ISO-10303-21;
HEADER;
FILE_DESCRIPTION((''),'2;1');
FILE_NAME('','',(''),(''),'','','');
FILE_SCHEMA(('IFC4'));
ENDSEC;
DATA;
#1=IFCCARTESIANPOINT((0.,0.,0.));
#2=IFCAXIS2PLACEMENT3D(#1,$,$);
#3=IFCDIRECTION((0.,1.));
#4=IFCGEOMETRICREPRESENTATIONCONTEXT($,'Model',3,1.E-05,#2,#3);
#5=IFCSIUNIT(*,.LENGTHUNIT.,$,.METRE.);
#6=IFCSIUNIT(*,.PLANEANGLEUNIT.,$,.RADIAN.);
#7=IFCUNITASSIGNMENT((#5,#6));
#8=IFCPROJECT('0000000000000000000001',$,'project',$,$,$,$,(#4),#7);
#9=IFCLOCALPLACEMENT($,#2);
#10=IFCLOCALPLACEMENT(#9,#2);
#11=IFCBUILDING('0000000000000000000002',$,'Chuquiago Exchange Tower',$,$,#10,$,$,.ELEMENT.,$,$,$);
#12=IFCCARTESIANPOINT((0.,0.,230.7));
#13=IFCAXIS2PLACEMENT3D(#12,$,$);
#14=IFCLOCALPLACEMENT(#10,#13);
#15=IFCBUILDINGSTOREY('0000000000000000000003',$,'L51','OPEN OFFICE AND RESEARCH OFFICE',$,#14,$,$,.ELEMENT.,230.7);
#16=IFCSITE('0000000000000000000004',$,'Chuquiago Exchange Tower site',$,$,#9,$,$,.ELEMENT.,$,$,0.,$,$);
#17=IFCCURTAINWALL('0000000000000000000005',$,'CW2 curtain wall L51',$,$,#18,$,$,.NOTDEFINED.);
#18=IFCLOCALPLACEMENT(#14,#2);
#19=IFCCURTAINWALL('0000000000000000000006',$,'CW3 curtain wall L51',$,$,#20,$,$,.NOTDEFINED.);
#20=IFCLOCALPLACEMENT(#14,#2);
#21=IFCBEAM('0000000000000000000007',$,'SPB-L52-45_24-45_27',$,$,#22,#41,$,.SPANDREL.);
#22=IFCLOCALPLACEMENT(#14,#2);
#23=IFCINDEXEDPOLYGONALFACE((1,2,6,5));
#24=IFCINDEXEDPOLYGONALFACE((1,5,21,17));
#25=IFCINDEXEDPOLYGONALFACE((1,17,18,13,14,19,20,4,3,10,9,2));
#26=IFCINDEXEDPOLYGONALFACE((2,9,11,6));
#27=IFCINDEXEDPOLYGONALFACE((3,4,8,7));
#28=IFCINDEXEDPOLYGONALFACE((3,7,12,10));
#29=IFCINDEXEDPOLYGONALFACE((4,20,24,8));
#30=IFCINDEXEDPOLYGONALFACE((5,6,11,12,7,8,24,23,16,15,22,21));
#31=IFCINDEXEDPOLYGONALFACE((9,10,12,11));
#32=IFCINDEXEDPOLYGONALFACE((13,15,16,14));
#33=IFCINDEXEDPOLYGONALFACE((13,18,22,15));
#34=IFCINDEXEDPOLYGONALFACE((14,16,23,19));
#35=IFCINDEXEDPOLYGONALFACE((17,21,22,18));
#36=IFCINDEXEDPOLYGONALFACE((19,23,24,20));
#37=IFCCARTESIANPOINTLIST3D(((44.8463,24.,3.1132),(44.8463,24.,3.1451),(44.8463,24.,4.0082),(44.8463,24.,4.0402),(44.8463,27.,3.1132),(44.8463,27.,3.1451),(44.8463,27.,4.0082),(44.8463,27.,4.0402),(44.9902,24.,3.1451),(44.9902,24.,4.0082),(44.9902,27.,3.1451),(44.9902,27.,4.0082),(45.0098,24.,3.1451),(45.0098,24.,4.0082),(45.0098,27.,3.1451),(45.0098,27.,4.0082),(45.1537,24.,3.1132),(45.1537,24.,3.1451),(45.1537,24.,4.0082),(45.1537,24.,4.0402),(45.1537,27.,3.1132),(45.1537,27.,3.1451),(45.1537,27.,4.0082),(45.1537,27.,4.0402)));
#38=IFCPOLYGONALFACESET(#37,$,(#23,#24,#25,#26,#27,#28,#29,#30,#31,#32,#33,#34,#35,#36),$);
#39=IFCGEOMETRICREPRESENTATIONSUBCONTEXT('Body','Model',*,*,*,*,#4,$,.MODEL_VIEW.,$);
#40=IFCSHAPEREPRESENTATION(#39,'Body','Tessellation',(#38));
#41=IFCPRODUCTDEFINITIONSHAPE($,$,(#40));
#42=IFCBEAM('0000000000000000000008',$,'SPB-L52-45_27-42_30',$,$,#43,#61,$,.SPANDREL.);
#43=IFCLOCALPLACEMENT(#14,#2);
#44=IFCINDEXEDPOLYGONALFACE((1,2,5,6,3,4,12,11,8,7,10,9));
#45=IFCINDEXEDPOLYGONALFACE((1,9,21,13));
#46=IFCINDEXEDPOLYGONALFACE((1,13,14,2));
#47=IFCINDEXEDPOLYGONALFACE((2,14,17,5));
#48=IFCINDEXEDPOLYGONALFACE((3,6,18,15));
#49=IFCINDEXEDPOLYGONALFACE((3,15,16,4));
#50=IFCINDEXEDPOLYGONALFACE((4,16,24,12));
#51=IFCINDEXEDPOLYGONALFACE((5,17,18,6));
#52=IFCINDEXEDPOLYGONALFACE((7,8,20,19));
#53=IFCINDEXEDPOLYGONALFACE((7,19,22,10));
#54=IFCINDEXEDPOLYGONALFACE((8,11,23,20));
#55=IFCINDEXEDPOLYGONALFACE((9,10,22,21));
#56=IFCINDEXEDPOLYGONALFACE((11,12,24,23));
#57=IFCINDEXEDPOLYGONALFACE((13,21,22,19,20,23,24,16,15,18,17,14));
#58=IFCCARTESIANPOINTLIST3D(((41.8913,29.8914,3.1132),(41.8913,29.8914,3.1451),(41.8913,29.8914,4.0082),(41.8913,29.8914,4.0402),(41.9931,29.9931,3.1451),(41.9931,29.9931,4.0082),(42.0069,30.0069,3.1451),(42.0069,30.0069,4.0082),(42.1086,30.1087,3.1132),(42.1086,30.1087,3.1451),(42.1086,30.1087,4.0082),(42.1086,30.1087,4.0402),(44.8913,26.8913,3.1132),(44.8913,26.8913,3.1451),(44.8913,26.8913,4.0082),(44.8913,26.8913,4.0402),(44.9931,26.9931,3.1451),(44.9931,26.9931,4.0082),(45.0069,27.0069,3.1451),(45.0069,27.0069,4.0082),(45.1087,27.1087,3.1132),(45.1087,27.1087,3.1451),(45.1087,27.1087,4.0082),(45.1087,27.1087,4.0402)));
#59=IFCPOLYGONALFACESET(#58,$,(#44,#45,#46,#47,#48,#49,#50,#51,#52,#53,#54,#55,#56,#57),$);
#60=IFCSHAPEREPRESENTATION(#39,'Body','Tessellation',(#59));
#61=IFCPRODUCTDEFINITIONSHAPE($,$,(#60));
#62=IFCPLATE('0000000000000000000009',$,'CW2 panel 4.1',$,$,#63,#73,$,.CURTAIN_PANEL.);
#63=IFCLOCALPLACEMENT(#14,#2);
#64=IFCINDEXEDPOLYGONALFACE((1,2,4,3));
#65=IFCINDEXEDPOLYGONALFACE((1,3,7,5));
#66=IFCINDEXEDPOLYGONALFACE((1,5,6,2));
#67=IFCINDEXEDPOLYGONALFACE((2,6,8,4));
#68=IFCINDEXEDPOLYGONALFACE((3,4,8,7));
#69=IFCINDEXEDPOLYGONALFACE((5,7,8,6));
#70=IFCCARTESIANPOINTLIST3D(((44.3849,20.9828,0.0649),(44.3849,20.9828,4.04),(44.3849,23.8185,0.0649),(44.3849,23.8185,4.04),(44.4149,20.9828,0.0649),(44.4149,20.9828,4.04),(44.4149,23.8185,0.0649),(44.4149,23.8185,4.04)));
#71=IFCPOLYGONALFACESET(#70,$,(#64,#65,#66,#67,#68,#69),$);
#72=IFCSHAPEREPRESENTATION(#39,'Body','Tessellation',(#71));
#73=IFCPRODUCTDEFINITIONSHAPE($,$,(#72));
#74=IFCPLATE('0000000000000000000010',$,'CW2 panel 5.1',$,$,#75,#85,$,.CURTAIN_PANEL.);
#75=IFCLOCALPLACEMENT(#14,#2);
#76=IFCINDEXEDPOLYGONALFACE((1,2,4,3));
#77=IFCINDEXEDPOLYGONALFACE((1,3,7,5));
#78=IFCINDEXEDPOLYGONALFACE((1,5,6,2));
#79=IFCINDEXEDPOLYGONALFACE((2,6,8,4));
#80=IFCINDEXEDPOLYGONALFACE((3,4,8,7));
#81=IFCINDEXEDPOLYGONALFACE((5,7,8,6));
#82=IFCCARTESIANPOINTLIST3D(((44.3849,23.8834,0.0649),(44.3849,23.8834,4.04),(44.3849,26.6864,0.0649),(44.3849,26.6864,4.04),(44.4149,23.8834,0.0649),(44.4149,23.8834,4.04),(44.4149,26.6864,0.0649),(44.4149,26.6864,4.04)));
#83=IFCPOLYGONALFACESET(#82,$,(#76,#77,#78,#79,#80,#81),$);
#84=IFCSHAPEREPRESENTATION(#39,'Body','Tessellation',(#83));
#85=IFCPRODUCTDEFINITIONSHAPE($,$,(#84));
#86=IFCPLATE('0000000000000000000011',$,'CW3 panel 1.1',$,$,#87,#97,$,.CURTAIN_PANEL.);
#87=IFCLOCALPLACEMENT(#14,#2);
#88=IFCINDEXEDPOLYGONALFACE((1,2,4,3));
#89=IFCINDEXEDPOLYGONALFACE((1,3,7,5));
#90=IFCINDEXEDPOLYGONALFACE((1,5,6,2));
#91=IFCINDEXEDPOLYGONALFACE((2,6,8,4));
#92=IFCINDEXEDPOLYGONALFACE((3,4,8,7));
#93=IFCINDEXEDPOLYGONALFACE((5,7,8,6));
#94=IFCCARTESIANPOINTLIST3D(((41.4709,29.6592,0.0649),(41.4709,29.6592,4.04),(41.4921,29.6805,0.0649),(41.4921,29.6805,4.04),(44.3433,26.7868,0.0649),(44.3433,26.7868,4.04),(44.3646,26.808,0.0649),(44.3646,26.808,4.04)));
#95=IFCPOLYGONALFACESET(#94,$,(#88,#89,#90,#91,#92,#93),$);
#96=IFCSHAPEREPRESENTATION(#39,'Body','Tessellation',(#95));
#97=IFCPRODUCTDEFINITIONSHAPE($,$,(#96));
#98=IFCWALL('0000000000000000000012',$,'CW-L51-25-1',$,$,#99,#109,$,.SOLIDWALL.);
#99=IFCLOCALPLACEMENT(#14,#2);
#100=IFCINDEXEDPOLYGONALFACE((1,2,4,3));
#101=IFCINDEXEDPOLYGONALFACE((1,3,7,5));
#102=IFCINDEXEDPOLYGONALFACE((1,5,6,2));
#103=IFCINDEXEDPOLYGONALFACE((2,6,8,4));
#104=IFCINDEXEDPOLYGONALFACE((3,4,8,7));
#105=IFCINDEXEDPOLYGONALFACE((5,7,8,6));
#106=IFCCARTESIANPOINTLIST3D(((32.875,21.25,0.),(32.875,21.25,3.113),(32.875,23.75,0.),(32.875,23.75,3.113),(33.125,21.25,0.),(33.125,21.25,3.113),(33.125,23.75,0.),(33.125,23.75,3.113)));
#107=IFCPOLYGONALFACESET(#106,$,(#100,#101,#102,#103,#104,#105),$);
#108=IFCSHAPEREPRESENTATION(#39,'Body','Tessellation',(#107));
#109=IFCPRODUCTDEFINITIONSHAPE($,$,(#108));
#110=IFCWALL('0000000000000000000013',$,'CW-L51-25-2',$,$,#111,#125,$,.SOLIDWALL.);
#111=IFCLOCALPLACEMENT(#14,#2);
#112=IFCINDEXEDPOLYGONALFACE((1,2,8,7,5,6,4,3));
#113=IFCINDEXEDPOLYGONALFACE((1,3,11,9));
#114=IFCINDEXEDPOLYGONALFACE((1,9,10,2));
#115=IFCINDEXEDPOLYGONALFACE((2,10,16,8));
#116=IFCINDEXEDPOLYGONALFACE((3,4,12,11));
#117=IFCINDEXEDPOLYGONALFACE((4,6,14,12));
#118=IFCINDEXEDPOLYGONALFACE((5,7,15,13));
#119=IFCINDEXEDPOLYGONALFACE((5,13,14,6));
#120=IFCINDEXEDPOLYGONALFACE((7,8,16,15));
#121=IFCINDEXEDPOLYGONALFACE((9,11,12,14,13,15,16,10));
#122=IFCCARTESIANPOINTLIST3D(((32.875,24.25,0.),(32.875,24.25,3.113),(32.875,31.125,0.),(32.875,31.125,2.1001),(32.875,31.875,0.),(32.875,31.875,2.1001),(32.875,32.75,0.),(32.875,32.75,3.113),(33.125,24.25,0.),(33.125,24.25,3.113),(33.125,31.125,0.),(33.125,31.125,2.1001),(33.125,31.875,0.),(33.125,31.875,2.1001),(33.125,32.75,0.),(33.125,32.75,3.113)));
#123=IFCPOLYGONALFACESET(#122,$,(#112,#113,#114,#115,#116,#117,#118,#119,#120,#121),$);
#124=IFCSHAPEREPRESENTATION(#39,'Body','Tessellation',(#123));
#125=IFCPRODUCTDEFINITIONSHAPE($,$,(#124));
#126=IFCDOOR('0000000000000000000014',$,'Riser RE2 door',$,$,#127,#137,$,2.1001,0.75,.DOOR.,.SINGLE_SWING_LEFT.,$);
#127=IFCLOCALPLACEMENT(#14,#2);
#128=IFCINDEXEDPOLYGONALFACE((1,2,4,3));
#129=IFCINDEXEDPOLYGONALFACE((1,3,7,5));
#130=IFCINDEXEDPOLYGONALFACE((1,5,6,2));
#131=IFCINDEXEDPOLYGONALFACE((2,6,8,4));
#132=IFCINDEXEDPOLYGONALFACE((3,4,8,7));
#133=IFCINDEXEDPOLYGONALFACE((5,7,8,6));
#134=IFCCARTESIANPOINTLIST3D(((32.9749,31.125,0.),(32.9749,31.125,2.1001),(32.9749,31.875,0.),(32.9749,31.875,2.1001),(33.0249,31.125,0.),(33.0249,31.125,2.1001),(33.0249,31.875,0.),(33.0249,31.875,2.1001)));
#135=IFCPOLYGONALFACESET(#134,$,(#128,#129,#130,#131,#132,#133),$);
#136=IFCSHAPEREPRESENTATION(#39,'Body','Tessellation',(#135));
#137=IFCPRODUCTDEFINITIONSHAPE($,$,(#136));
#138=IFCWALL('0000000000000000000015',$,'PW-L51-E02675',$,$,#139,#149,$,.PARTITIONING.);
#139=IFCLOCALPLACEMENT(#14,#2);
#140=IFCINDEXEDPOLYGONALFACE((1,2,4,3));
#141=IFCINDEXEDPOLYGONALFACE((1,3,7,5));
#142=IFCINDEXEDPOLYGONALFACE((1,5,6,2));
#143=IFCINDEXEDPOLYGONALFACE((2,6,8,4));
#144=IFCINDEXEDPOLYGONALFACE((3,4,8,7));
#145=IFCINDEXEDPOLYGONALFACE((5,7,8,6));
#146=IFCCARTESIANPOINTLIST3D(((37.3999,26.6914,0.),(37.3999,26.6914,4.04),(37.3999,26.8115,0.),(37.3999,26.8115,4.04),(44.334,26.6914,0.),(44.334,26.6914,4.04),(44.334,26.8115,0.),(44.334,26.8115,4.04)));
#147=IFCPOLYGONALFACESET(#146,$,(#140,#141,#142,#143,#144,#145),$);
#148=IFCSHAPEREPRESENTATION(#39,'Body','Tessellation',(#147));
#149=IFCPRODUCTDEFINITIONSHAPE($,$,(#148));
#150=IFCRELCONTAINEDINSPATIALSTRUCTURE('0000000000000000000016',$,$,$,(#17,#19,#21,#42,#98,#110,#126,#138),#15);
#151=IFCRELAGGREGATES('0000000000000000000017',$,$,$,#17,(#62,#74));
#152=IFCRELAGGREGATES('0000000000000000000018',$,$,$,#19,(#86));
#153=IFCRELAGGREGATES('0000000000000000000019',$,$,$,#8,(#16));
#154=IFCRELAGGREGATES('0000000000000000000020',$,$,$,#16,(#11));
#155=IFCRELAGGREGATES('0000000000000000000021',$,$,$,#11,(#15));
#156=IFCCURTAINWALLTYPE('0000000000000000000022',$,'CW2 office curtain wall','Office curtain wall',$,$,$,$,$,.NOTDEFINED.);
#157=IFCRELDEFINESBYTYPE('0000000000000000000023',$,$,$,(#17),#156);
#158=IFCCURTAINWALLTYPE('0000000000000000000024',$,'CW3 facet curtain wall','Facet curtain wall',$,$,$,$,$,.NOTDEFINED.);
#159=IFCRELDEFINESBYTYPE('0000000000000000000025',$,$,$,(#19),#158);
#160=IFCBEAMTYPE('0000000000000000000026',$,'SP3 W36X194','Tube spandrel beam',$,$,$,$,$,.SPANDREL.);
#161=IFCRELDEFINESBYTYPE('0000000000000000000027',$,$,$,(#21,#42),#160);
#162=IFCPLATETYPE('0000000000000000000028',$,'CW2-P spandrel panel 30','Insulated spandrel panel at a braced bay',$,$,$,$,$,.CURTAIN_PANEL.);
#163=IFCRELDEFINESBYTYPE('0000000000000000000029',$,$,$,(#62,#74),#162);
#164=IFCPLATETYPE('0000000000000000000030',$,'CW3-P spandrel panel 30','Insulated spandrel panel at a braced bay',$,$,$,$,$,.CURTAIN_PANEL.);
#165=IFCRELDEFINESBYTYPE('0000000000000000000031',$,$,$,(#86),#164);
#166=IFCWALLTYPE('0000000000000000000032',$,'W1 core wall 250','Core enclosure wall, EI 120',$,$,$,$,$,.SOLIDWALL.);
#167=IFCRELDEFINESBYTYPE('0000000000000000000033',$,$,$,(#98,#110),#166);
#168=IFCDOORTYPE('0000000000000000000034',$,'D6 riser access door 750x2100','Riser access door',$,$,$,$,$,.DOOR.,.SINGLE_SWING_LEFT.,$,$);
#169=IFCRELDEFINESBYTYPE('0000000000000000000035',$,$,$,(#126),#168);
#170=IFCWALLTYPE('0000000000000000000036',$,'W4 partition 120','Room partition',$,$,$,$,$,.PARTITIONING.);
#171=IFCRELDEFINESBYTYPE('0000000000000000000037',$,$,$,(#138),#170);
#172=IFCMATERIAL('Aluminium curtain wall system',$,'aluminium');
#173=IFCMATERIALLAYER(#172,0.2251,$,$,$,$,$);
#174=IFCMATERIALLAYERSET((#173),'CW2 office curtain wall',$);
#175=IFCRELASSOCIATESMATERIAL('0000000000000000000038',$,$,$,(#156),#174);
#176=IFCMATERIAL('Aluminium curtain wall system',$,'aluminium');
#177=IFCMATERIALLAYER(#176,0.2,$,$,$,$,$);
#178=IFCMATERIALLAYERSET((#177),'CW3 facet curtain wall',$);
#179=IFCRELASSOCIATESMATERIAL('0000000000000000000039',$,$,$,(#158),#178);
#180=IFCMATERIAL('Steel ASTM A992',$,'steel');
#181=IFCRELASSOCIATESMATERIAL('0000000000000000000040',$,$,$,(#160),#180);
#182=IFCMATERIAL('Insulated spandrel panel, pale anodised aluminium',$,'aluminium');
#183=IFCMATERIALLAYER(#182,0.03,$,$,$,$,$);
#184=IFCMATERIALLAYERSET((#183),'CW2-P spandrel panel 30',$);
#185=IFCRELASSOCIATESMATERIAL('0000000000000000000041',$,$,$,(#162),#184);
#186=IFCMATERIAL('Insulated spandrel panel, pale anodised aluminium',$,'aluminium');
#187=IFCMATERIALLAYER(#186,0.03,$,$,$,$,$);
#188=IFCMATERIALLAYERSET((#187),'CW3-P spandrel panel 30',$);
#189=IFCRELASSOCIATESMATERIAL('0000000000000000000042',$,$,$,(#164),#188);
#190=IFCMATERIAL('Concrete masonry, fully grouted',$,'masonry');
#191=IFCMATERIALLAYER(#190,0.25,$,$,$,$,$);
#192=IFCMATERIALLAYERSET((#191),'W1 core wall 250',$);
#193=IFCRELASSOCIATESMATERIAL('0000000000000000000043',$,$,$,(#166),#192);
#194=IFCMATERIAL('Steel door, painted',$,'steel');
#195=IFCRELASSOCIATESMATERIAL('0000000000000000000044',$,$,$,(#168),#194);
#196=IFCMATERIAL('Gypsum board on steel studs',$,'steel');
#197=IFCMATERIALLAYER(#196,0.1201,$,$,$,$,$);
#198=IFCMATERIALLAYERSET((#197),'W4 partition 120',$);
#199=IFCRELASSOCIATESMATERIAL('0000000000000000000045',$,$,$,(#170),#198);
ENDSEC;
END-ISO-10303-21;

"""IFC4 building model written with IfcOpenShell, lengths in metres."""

from ifc_helpers import new_model, si_unit, direction, frame, frame_2d, origin, origin_2d, place, context, subcontext, project, spatial, rectangle, i_section, extrude, material, layer, layer_set, material_profile, profile_set, type_object, element, fill, aggregate, save


model = new_model("IFC4")

# Units and contexts
model_context = context("Model", 3, precision=1e-05, world=origin(), true_north=direction((0.0, 1.0)))
body_context = subcontext(model_context, "Body", "Model", "MODEL_VIEW")
ifc_project = project(units=[si_unit("LENGTHUNIT", "METRE"), si_unit("PLANEANGLEUNIT", "RADIAN")], contexts=[model_context])

# Site, building, storey
site_placement = place(None, origin())
site = spatial("IfcSite", under=ifc_project, at=site_placement, Name="Chuquiago Exchange Tower site", CompositionType="ELEMENT", RefElevation=0.0)
building_placement = place(site_placement, origin())
building = spatial("IfcBuilding", under=site, at=building_placement, Name="Chuquiago Exchange Tower", CompositionType="ELEMENT")
storey_placement = place(building_placement, frame((0.0, 0.0, 230.7)))
storey = spatial("IfcBuildingStorey", under=building, at=storey_placement, Name="L51", Description="OPEN OFFICE AND RESEARCH OFFICE", CompositionType="ELEMENT", Elevation=230.7)

# Curtain walls
ifc_material_1 = material(Name="Aluminium curtain wall system", Category="aluminium")
ifc_layer_1 = layer(ifc_material_1, 0.2251)
ifc_layer_set_1 = layer_set([ifc_layer_1], Name="CW2 office curtain wall")
curtain_wall_type_1 = type_object("IfcCurtainWallType", Name="CW2 office curtain wall", Description="Office curtain wall", PredefinedType="NOTDEFINED", material=ifc_layer_set_1)
curtain_wall_1_placement = place(storey_placement, origin())
curtain_wall_1 = element("IfcCurtainWall", 1, at=curtain_wall_1_placement, inside=storey, type_object=curtain_wall_type_1, Name="CW2 curtain wall L51", PredefinedType="NOTDEFINED")
ifc_material_2 = material(Name="Aluminium curtain wall system", Category="aluminium")
ifc_layer_2 = layer(ifc_material_2, 0.2)
ifc_layer_set_2 = layer_set([ifc_layer_2], Name="CW3 facet curtain wall")
curtain_wall_type_2 = type_object("IfcCurtainWallType", Name="CW3 facet curtain wall", Description="Facet curtain wall", PredefinedType="NOTDEFINED", material=ifc_layer_set_2)
curtain_wall_2_placement = place(storey_placement, origin())
curtain_wall_2 = element("IfcCurtainWall", 2, at=curtain_wall_2_placement, inside=storey, type_object=curtain_wall_type_2, Name="CW3 curtain wall L51", PredefinedType="NOTDEFINED")

# Beams
ifc_material_3 = material(Name="Steel ASTM A992", Category="steel")
ifc_material_profile_1 = material_profile(ifc_material_3, i_section(OverallWidth=0.3074, OverallDepth=0.927, WebThickness=0.0195, FlangeThickness=0.032, at=origin_2d()), Name="W36X194")
ifc_profile_set_1 = profile_set([ifc_material_profile_1], Name="Steel ASTM A992")
beam_type_1 = type_object("IfcBeamType", Name="SP3 W36X194", Description="Tube spandrel beam", PredefinedType="SPANDREL", material=ifc_profile_set_1)
for number, where, z_axis, x_axis, name in (
    (3, (45.0, 24.0, 3.5767), (0.0, 1.0, 0.0), (-1.0, 0.0, 0.0), "SPB-L52-45_24-45_27"),
):
    element("IfcBeam", number, at=place(storey_placement, frame(where, z_axis=z_axis, x_axis=x_axis)), inside=storey, type_object=beam_type_1, Name=name, PredefinedType="SPANDREL", context=body_context, shape_type="SweptSolid", body=[
        extrude(i_section(OverallWidth=0.3074, OverallDepth=0.927, WebThickness=0.0195, FlangeThickness=0.032, at=origin_2d()), origin(), (0.0, 0.0, 1.0), 3.0),
    ])
beam_1_placement = place(storey_placement, frame((45.0, 27.0, 3.5767), z_axis=(-0.707107, 0.707107, 0.0), x_axis=(-0.707107, -0.707107, 0.0)))
element("IfcBeam", 4, at=beam_1_placement, inside=storey, type_object=beam_type_1, Name="SPB-L52-45_27-42_30", PredefinedType="SPANDREL", context=body_context, shape_type="SweptSolid", body=[
    extrude(i_section(OverallWidth=0.3074, OverallDepth=0.927, WebThickness=0.0195, FlangeThickness=0.032, at=origin_2d()), origin(), (0.0, 0.0, 1.0), 4.2427),
])

# Plates
ifc_material_4 = material(Name="Insulated spandrel panel, pale anodised aluminium", Category="aluminium")
ifc_layer_3 = layer(ifc_material_4, 0.03)
ifc_layer_set_3 = layer_set([ifc_layer_3], Name="CW2-P spandrel panel 30")
plate_type_1 = type_object("IfcPlateType", Name="CW2-P spandrel panel 30", Description="Insulated spandrel panel at a braced bay", PredefinedType="CURTAIN_PANEL", material=ifc_layer_set_3)
plate_1_placement = place(storey_placement, frame((44.3999, 22.4006, 0.0649), z_axis=(0.0, 0.0, 1.0), x_axis=(0.0, 1.0, 0.0)))
plate_1 = element("IfcPlate", 5, at=plate_1_placement, type_object=plate_type_1, Name="CW2 panel 4.1", PredefinedType="CURTAIN_PANEL", context=body_context, shape_type="SweptSolid", body=[
    extrude(rectangle(XDim=2.8357, YDim=0.03, at=origin_2d()), origin(), (0.0, 0.0, 1.0), 3.9751),
])
plate_2_placement = place(storey_placement, frame((44.3999, 25.2849, 0.0649), z_axis=(0.0, 0.0, 1.0), x_axis=(0.0, 1.0, 0.0)))
plate_2 = element("IfcPlate", 6, at=plate_2_placement, type_object=plate_type_1, Name="CW2 panel 5.1", PredefinedType="CURTAIN_PANEL", context=body_context, shape_type="SweptSolid", body=[
    extrude(rectangle(XDim=2.803, YDim=0.03, at=origin_2d()), origin(), (0.0, 0.0, 1.0), 3.9751),
])
aggregate(curtain_wall_1, [plate_1, plate_2])
ifc_material_5 = material(Name="Insulated spandrel panel, pale anodised aluminium", Category="aluminium")
ifc_layer_4 = layer(ifc_material_5, 0.03)
ifc_layer_set_4 = layer_set([ifc_layer_4], Name="CW3-P spandrel panel 30")
plate_type_2 = type_object("IfcPlateType", Name="CW3-P spandrel panel 30", Description="Insulated spandrel panel at a braced bay", PredefinedType="CURTAIN_PANEL", material=ifc_layer_set_4)
plate_3_placement = place(storey_placement, frame((42.9177, 28.2336, 0.0649), z_axis=(0.0, 0.0, 1.0), x_axis=(-0.707107, 0.707107, 0.0)))
plate_3 = element("IfcPlate", 7, at=plate_3_placement, type_object=plate_type_2, Name="CW3 panel 1.1", PredefinedType="CURTAIN_PANEL", context=body_context, shape_type="SweptSolid", body=[
    extrude(rectangle(XDim=4.0623, YDim=0.03, at=origin_2d()), origin(), (0.0, 0.0, 1.0), 3.9751),
])
aggregate(curtain_wall_2, [plate_3])

# Wall
ifc_material_6 = material(Name="Concrete masonry, fully grouted", Category="masonry")
ifc_layer_5 = layer(ifc_material_6, 0.25)
ifc_layer_set_5 = layer_set([ifc_layer_5], Name="W1 core wall 250")
wall_type_1 = type_object("IfcWallType", Name="W1 core wall 250", Description="Core enclosure wall, EI 120", PredefinedType="SOLIDWALL", material=ifc_layer_set_5)
wall_1_placement = place(storey_placement, frame((33.0, 21.25, 0.0), z_axis=(0.0, 0.0, 1.0), x_axis=(0.0, 1.0, 0.0)))
element("IfcWall", 8, at=wall_1_placement, inside=storey, type_object=wall_type_1, Name="CW-L51-25-1", PredefinedType="SOLIDWALL", context=body_context, shape_type="SweptSolid", body=[
    extrude(rectangle(XDim=2.5, YDim=0.25, at=frame_2d((1.25, 0.0))), origin(), (0.0, 0.0, 1.0), 3.113),
])

# Wall, opening, door
wall_2_placement = place(storey_placement, frame((33.0, 24.25, 0.0), z_axis=(0.0, 0.0, 1.0), x_axis=(0.0, 1.0, 0.0)))
wall_2 = element("IfcWall", 9, at=wall_2_placement, inside=storey, type_object=wall_type_1, Name="CW-L51-25-2", PredefinedType="SOLIDWALL", context=body_context, shape_type="SweptSolid", body=[
    extrude(rectangle(XDim=8.5, YDim=0.25, at=frame_2d((4.25, 0.0))), origin(), (0.0, 0.0, 1.0), 3.113),
])
opening_placement = place(wall_2_placement, frame((6.875, 0.0, 0.0)))
opening = element("IfcOpeningElement", 10, at=opening_placement, cuts=wall_2, PredefinedType="OPENING", context=body_context, shape_type="SweptSolid", body=[
    extrude(rectangle(XDim=0.75, YDim=2.1001, at=frame_2d((0.375, 1.05))), frame((0.0, 0.135, 0.0), z_axis=(0.0, -1.0, 0.0), x_axis=(1.0, 0.0, 0.0)), (0.0, 0.0, 1.0), 0.27),
])
ifc_material_7 = material(Name="Steel door, painted", Category="steel")
door_type = type_object("IfcDoorType", Name="D6 riser access door 750x2100", Description="Riser access door", OperationType="SINGLE_SWING_LEFT", PredefinedType="DOOR", material=ifc_material_7)
door_placement = place(opening_placement, frame((0.75, 0.0, 0.0), z_axis=(0.0, 0.0, 1.0), x_axis=(-1.0, 0.0, 0.0)))
door = element("IfcDoor", 11, at=door_placement, inside=storey, type_object=door_type, Name="Riser RE2 door", OperationType="SINGLE_SWING_LEFT", OverallHeight=2.1001, OverallWidth=0.75, PredefinedType="DOOR", context=body_context, shape_type="SweptSolid", body=[
    extrude(rectangle(XDim=0.75, YDim=2.1001, at=frame_2d((0.375, 1.05))), frame((0.0, 0.0249, 0.0), z_axis=(0.0, -1.0, 0.0), x_axis=(1.0, 0.0, 0.0)), (0.0, 0.0, 1.0), 0.05),
])
fill(opening, door)

# Wall
ifc_material_8 = material(Name="Gypsum board on steel studs", Category="steel")
ifc_layer_6 = layer(ifc_material_8, 0.1201)
ifc_layer_set_6 = layer_set([ifc_layer_6], Name="W4 partition 120")
wall_type_2 = type_object("IfcWallType", Name="W4 partition 120", Description="Room partition", PredefinedType="PARTITIONING", material=ifc_layer_set_6)
wall_3_placement = place(storey_placement, frame((44.334, 26.7515, 0.0), z_axis=(0.0, 0.0, 1.0), x_axis=(-1.0, 0.0, 0.0)))
element("IfcWall", 12, at=wall_3_placement, inside=storey, type_object=wall_type_2, Name="PW-L51-E02675", PredefinedType="PARTITIONING", context=body_context, shape_type="SweptSolid", body=[
    extrude(rectangle(XDim=6.9341, YDim=0.1201, at=frame_2d((3.467, 0.0))), origin(), (0.0, 0.0, 1.0), 4.04),
])

save(model, "model.ifc")
